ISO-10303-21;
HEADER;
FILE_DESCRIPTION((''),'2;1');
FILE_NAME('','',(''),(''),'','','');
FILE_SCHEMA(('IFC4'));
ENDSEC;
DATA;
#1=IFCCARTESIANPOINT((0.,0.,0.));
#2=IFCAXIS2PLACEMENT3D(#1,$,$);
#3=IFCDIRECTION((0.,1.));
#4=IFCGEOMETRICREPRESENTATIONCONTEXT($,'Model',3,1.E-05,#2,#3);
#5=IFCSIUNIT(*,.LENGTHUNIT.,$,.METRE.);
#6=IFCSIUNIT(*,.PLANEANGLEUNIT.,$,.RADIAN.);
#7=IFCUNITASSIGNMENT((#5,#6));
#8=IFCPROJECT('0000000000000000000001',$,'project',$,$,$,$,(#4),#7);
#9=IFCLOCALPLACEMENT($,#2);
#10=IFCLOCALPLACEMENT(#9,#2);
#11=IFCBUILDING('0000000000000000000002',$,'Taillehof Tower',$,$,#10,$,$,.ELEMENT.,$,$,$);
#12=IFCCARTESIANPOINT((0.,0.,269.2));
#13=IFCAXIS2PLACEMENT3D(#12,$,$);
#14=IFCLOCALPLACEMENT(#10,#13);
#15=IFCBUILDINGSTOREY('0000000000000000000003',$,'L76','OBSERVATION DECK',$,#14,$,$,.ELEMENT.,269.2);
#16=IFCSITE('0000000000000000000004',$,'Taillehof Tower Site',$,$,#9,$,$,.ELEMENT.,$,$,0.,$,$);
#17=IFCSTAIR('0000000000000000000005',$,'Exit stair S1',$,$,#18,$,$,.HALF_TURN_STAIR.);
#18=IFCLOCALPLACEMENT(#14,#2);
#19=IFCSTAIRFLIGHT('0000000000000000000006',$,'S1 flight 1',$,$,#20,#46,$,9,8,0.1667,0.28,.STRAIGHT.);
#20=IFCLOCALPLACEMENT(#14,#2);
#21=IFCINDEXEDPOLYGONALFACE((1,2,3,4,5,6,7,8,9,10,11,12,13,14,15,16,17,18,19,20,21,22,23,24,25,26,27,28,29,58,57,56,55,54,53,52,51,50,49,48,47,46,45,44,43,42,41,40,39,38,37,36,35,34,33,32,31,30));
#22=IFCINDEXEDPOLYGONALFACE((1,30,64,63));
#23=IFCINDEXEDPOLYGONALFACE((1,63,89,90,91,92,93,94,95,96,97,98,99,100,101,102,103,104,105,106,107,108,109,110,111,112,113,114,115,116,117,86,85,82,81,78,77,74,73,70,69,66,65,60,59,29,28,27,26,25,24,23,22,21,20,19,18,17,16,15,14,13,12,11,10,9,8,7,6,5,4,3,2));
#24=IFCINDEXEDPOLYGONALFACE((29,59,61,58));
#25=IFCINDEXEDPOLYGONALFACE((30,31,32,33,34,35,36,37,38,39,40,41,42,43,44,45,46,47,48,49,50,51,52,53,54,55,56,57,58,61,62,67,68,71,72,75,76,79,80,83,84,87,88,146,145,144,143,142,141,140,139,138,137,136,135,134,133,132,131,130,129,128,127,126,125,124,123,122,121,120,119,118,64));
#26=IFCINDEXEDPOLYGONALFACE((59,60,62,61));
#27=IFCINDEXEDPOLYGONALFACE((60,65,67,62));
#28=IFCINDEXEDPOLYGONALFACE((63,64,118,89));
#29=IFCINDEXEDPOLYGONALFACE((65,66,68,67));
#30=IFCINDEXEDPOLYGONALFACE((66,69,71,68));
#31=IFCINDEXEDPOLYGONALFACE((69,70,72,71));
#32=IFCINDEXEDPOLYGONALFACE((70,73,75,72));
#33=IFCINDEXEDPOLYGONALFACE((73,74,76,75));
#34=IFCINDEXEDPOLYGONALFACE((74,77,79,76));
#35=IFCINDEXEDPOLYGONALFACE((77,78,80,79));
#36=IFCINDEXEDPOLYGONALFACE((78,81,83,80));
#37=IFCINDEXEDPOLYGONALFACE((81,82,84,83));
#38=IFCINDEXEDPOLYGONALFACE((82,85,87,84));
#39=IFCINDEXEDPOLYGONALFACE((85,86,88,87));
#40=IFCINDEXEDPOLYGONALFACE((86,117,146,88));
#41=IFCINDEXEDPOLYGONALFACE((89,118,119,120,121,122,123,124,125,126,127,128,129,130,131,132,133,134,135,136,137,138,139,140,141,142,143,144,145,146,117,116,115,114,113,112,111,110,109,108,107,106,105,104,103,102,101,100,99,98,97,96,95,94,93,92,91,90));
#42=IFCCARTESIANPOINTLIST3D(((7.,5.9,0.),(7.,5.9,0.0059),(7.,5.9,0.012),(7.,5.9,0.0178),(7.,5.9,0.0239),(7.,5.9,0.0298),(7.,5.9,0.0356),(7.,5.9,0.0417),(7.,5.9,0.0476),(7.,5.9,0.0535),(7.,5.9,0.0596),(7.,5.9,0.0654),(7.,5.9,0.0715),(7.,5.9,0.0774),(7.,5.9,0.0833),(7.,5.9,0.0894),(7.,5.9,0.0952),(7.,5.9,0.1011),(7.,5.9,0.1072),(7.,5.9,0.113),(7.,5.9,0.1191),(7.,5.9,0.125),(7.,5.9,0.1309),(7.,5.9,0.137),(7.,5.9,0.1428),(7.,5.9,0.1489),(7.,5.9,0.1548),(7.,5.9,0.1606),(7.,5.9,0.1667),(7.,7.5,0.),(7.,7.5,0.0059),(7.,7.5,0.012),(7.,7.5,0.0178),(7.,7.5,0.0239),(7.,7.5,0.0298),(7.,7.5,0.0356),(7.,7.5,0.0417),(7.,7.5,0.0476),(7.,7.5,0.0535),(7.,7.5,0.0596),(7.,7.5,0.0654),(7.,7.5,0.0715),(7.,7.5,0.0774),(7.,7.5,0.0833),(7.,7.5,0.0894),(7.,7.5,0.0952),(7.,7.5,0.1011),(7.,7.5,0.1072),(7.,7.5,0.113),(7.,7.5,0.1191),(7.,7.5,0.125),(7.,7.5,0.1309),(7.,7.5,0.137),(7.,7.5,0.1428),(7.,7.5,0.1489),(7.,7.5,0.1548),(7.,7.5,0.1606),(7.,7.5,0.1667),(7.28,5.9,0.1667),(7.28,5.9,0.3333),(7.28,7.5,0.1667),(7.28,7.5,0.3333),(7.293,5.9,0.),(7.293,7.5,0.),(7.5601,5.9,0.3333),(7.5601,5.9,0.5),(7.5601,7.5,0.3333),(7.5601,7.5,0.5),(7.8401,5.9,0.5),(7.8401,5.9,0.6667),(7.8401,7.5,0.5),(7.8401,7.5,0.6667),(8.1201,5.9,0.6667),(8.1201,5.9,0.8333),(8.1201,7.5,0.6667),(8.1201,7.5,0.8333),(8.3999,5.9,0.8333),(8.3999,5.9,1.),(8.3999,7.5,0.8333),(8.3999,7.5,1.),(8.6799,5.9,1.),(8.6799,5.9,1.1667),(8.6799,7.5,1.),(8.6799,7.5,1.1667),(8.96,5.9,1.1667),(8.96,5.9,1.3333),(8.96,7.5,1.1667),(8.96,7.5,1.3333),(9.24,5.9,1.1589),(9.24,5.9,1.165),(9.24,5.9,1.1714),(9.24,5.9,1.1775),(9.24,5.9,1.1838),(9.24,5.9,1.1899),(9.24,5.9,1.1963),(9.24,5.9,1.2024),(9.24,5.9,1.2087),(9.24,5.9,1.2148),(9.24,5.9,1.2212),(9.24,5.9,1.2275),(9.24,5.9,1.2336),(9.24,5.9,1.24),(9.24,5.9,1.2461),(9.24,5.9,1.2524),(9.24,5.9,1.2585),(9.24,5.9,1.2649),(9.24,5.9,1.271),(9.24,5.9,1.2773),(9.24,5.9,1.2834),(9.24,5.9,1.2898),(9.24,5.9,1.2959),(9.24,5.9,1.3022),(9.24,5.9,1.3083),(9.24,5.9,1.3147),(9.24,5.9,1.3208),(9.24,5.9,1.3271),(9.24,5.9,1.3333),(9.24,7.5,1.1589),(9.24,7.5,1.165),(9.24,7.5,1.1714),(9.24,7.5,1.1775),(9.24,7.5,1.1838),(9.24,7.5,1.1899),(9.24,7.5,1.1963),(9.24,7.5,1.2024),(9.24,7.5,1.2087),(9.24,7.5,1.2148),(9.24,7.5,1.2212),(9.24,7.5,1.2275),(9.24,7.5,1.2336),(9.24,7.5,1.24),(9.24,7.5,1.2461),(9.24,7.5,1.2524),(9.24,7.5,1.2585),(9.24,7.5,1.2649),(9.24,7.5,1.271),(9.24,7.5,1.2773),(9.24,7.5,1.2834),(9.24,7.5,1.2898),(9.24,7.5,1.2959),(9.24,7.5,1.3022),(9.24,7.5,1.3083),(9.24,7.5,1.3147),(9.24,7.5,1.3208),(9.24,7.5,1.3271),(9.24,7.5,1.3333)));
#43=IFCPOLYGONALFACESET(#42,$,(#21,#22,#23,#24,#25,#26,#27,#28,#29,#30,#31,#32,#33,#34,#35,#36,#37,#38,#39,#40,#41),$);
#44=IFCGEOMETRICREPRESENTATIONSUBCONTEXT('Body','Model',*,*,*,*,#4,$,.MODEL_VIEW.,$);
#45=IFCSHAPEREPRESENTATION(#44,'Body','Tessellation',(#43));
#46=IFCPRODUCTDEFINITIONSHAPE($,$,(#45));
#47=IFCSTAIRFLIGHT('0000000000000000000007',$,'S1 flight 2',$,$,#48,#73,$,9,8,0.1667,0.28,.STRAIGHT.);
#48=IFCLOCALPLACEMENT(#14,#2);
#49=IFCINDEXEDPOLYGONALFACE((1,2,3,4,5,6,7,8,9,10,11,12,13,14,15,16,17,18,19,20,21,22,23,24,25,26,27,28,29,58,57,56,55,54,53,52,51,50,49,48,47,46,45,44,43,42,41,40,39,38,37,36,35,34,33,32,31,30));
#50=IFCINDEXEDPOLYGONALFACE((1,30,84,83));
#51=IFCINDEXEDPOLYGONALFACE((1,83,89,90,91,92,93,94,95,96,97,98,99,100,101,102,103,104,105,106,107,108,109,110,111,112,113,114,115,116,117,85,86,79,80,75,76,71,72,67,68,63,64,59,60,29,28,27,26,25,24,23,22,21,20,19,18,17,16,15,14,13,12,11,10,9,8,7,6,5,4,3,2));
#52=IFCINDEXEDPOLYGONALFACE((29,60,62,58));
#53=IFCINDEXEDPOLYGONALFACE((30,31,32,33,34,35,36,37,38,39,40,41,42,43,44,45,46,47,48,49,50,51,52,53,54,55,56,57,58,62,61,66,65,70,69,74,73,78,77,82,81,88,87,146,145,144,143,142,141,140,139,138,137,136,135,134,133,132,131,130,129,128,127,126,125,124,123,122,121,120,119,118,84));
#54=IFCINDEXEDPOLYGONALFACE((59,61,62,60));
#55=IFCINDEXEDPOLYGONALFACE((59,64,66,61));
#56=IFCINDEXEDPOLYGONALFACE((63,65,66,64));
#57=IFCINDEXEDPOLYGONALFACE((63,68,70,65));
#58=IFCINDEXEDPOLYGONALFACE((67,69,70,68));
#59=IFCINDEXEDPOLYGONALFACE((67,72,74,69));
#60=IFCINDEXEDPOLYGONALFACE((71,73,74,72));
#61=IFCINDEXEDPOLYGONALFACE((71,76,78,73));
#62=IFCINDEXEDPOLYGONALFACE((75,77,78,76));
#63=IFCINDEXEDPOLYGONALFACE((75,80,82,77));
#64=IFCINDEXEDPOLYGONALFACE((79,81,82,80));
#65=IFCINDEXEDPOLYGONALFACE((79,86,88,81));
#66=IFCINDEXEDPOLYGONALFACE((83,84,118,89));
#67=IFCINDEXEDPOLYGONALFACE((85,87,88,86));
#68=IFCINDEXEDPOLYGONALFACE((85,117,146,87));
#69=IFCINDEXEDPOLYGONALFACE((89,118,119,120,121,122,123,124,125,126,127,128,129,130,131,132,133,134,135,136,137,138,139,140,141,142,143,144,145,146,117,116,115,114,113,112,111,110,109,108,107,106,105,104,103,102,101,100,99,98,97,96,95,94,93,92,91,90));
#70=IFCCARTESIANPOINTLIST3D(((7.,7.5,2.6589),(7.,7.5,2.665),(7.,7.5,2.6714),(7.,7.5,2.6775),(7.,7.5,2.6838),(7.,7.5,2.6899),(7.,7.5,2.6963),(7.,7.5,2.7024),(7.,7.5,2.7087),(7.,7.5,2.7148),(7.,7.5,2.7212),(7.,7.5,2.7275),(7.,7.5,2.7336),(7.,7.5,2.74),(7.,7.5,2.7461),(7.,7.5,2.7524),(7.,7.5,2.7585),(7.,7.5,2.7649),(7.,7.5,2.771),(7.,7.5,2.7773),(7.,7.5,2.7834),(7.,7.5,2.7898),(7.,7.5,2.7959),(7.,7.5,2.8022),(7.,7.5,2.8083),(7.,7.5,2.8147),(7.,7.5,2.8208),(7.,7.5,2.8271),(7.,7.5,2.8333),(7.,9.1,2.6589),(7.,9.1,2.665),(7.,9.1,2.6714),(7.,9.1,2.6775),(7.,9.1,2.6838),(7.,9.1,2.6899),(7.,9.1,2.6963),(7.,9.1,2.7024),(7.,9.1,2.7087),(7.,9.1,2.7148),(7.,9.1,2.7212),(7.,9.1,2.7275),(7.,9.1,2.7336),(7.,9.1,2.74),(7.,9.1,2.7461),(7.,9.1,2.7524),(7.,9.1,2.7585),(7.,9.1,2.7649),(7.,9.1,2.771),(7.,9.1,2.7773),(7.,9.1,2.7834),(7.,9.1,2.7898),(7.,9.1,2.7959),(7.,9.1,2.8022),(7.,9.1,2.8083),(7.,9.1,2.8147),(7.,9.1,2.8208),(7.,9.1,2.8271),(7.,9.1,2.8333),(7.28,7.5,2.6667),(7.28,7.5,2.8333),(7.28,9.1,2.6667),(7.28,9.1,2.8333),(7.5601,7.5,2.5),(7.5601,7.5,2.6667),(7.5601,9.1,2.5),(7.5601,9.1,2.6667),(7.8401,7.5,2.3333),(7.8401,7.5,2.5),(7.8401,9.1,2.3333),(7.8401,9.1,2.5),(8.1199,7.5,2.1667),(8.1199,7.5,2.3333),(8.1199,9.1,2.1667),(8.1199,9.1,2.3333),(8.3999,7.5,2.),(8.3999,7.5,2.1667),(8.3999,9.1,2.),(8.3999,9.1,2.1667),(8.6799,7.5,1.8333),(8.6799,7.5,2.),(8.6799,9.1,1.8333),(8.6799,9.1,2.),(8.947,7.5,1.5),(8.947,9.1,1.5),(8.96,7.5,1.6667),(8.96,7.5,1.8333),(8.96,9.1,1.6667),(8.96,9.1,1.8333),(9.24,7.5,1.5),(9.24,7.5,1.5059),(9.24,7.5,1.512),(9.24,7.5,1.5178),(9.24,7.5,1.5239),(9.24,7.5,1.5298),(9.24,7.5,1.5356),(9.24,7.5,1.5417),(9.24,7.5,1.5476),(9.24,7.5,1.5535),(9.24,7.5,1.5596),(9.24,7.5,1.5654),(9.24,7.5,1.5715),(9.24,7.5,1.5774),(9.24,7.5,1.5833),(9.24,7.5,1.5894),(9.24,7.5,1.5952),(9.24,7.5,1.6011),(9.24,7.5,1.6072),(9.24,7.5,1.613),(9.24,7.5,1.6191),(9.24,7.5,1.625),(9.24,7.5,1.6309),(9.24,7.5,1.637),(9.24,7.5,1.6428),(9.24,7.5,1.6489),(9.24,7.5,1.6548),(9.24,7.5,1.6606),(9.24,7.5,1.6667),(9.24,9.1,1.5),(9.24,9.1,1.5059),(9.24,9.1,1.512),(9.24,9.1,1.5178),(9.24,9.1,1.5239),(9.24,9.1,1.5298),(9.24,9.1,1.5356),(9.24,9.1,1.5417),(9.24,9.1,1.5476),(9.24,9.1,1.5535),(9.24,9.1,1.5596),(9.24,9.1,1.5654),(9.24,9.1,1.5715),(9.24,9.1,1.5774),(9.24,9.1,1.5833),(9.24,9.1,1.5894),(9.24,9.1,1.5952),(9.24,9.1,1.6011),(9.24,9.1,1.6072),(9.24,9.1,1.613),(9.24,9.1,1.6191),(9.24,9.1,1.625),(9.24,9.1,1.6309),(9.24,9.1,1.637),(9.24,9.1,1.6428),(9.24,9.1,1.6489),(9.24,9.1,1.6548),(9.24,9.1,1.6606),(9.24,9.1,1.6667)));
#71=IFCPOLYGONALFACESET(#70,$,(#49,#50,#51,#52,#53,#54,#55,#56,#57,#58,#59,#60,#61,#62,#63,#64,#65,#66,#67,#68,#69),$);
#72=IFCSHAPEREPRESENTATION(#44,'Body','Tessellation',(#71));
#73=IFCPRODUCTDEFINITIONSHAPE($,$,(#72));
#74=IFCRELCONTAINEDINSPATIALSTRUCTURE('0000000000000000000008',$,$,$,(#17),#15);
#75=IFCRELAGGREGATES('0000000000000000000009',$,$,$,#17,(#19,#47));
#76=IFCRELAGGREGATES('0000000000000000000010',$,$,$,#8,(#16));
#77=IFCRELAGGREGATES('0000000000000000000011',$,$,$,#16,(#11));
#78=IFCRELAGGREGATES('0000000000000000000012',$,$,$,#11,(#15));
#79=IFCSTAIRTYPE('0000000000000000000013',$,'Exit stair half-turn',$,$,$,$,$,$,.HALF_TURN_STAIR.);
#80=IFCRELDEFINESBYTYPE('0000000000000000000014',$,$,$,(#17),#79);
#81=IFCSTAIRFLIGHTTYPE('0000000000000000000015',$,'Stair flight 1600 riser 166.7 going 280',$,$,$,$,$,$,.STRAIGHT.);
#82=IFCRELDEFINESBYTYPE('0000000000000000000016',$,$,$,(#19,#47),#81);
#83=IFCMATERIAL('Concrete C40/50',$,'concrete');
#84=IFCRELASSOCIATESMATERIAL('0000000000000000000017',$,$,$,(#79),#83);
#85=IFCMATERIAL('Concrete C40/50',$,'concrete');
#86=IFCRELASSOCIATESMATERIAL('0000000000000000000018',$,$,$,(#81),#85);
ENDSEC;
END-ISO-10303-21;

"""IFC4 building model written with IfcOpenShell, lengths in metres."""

from ifc_helpers import new_model, si_unit, direction, frame, origin, place, context, subcontext, project, spatial, polyline, outline, extrude, material, type_object, element, aggregate, save


model = new_model("IFC4")

# Units and contexts
model_context = context("Model", 3, precision=1e-05, world=origin(), true_north=direction((0.0, 1.0)))
body_context = subcontext(model_context, "Body", "Model", "MODEL_VIEW")
ifc_project = project(units=[si_unit("LENGTHUNIT", "METRE"), si_unit("PLANEANGLEUNIT", "RADIAN")], contexts=[model_context])

# Site, building, storey
site_placement = place(None, origin())
site = spatial("IfcSite", under=ifc_project, at=site_placement, Name="Taillehof Tower Site", CompositionType="ELEMENT", RefElevation=0.0)
building_placement = place(site_placement, origin())
building = spatial("IfcBuilding", under=site, at=building_placement, Name="Taillehof Tower", CompositionType="ELEMENT")
storey_placement = place(building_placement, frame((0.0, 0.0, 269.2)))
storey = spatial("IfcBuildingStorey", under=building, at=storey_placement, Name="L76", Description="OBSERVATION DECK", CompositionType="ELEMENT", Elevation=269.2)

# Shared definitions
ifc_material_1 = material(Name="Concrete C40/50", Category="concrete")
stair_type = type_object("IfcStairType", Name="Exit stair half-turn", PredefinedType="HALF_TURN_STAIR", material=ifc_material_1)

# Stair, stair flights
stair_1_placement = place(storey_placement, origin())
stair_1 = element("IfcStair", 1, at=stair_1_placement, inside=storey, type_object=stair_type, Name="Exit stair S1", PredefinedType="HALF_TURN_STAIR")
ifc_material_2 = material(Name="Concrete C40/50", Category="concrete")
stair_flight_type = type_object("IfcStairFlightType", Name="Stair flight 1600 riser 166.7 going 280", PredefinedType="STRAIGHT", material=ifc_material_2)
stair_flight_1_placement = place(storey_placement, frame((7.0, 6.7, 0.0), z_axis=(0.0, 0.0, 1.0), x_axis=(1.0, 0.0, 0.0)))
stair_flight_1 = element("IfcStairFlight", 2, at=stair_flight_1_placement, type_object=stair_flight_type, Name="S1 flight 1", NumberOfRisers=9, NumberOfTreads=8, PredefinedType="STRAIGHT", RiserHeight=0.1667, TreadLength=0.28, context=body_context, shape_type="SweptSolid", body=[
    extrude(outline(polyline([(0.0, 0.0), (0.0, 0.0059), (0.0, 0.012), (0.0, 0.0178), (0.0, 0.0239), (0.0, 0.0298), (0.0, 0.0356), (0.0, 0.0417), (0.0, 0.0476), (0.0, 0.0535), (0.0, 0.0596), (0.0, 0.0654), (0.0, 0.0715), (0.0, 0.0774), (0.0, 0.0833), (0.0, 0.0894), (0.0, 0.0952), (0.0, 0.1011), (0.0, 0.1072), (0.0, 0.113), (0.0, 0.1191), (0.0, 0.125), (0.0, 0.1309), (0.0, 0.137), (0.0, 0.1428), (0.0, 0.1489), (0.0, 0.1548), (0.0, 0.1606), (0.0, 0.1667), (0.28, 0.1667), (0.28, 0.3333), (0.5601, 0.3333), (0.5601, 0.5), (0.8401, 0.5), (0.8401, 0.6667), (1.1201, 0.6667), (1.1201, 0.8333), (1.3999, 0.8333), (1.3999, 1.0), (1.6799, 1.0), (1.6799, 1.1667), (1.96, 1.1667), (1.96, 1.3333), (2.24, 1.3333), (2.24, 1.3271), (2.24, 1.3208), (2.24, 1.3147), (2.24, 1.3083), (2.24, 1.3022), (2.24, 1.2959), (2.24, 1.2898), (2.24, 1.2834), (2.24, 1.2773), (2.24, 1.271), (2.24, 1.2649), (2.24, 1.2585), (2.24, 1.2524), (2.24, 1.2461), (2.24, 1.24), (2.24, 1.2336), (2.24, 1.2275), (2.24, 1.2212), (2.24, 1.2148), (2.24, 1.2087), (2.24, 1.2024), (2.24, 1.1963), (2.24, 1.1899), (2.24, 1.1838), (2.24, 1.1775), (2.24, 1.1714), (2.24, 1.165), (2.24, 1.1589), (0.293, 0.0), (0.0, 0.0)])), frame((0.0, 0.8, 0.0), z_axis=(0.0, -1.0, 0.0), x_axis=(1.0, 0.0, 0.0)), (0.0, 0.0, 1.0), 1.6),
])
stair_flight_2_placement = place(storey_placement, frame((9.24, 8.3, 1.5), z_axis=(0.0, 0.0, 1.0), x_axis=(-1.0, 0.0, 0.0)))
stair_flight_2 = element("IfcStairFlight", 3, at=stair_flight_2_placement, type_object=stair_flight_type, Name="S1 flight 2", NumberOfRisers=9, NumberOfTreads=8, PredefinedType="STRAIGHT", RiserHeight=0.1667, TreadLength=0.28, context=body_context, shape_type="SweptSolid", body=[
    extrude(outline(polyline([(0.0, 0.0), (0.0, 0.0059), (0.0, 0.012), (0.0, 0.0178), (0.0, 0.0239), (0.0, 0.0298), (0.0, 0.0356), (0.0, 0.0417), (0.0, 0.0476), (0.0, 0.0535), (0.0, 0.0596), (0.0, 0.0654), (0.0, 0.0715), (0.0, 0.0774), (0.0, 0.0833), (0.0, 0.0894), (0.0, 0.0952), (0.0, 0.1011), (0.0, 0.1072), (0.0, 0.113), (0.0, 0.1191), (0.0, 0.125), (0.0, 0.1309), (0.0, 0.137), (0.0, 0.1428), (0.0, 0.1489), (0.0, 0.1548), (0.0, 0.1606), (0.0, 0.1667), (0.28, 0.1667), (0.28, 0.3333), (0.5601, 0.3333), (0.5601, 0.5), (0.8401, 0.5), (0.8401, 0.6667), (1.1201, 0.6667), (1.1201, 0.8333), (1.3999, 0.8333), (1.3999, 1.0), (1.6799, 1.0), (1.6799, 1.1667), (1.96, 1.1667), (1.96, 1.3333), (2.24, 1.3333), (2.24, 1.3271), (2.24, 1.3208), (2.24, 1.3147), (2.24, 1.3083), (2.24, 1.3022), (2.24, 1.2959), (2.24, 1.2898), (2.24, 1.2834), (2.24, 1.2773), (2.24, 1.271), (2.24, 1.2649), (2.24, 1.2585), (2.24, 1.2524), (2.24, 1.2461), (2.24, 1.24), (2.24, 1.2336), (2.24, 1.2275), (2.24, 1.2212), (2.24, 1.2148), (2.24, 1.2087), (2.24, 1.2024), (2.24, 1.1963), (2.24, 1.1899), (2.24, 1.1838), (2.24, 1.1775), (2.24, 1.1714), (2.24, 1.165), (2.24, 1.1589), (0.293, 0.0), (0.0, 0.0)])), frame((0.0, 0.8, 0.0), z_axis=(0.0, -1.0, 0.0), x_axis=(1.0, 0.0, 0.0)), (0.0, 0.0, 1.0), 1.6),
])
aggregate(stair_1, [stair_flight_1, stair_flight_2])

save(model, "model.ifc")
